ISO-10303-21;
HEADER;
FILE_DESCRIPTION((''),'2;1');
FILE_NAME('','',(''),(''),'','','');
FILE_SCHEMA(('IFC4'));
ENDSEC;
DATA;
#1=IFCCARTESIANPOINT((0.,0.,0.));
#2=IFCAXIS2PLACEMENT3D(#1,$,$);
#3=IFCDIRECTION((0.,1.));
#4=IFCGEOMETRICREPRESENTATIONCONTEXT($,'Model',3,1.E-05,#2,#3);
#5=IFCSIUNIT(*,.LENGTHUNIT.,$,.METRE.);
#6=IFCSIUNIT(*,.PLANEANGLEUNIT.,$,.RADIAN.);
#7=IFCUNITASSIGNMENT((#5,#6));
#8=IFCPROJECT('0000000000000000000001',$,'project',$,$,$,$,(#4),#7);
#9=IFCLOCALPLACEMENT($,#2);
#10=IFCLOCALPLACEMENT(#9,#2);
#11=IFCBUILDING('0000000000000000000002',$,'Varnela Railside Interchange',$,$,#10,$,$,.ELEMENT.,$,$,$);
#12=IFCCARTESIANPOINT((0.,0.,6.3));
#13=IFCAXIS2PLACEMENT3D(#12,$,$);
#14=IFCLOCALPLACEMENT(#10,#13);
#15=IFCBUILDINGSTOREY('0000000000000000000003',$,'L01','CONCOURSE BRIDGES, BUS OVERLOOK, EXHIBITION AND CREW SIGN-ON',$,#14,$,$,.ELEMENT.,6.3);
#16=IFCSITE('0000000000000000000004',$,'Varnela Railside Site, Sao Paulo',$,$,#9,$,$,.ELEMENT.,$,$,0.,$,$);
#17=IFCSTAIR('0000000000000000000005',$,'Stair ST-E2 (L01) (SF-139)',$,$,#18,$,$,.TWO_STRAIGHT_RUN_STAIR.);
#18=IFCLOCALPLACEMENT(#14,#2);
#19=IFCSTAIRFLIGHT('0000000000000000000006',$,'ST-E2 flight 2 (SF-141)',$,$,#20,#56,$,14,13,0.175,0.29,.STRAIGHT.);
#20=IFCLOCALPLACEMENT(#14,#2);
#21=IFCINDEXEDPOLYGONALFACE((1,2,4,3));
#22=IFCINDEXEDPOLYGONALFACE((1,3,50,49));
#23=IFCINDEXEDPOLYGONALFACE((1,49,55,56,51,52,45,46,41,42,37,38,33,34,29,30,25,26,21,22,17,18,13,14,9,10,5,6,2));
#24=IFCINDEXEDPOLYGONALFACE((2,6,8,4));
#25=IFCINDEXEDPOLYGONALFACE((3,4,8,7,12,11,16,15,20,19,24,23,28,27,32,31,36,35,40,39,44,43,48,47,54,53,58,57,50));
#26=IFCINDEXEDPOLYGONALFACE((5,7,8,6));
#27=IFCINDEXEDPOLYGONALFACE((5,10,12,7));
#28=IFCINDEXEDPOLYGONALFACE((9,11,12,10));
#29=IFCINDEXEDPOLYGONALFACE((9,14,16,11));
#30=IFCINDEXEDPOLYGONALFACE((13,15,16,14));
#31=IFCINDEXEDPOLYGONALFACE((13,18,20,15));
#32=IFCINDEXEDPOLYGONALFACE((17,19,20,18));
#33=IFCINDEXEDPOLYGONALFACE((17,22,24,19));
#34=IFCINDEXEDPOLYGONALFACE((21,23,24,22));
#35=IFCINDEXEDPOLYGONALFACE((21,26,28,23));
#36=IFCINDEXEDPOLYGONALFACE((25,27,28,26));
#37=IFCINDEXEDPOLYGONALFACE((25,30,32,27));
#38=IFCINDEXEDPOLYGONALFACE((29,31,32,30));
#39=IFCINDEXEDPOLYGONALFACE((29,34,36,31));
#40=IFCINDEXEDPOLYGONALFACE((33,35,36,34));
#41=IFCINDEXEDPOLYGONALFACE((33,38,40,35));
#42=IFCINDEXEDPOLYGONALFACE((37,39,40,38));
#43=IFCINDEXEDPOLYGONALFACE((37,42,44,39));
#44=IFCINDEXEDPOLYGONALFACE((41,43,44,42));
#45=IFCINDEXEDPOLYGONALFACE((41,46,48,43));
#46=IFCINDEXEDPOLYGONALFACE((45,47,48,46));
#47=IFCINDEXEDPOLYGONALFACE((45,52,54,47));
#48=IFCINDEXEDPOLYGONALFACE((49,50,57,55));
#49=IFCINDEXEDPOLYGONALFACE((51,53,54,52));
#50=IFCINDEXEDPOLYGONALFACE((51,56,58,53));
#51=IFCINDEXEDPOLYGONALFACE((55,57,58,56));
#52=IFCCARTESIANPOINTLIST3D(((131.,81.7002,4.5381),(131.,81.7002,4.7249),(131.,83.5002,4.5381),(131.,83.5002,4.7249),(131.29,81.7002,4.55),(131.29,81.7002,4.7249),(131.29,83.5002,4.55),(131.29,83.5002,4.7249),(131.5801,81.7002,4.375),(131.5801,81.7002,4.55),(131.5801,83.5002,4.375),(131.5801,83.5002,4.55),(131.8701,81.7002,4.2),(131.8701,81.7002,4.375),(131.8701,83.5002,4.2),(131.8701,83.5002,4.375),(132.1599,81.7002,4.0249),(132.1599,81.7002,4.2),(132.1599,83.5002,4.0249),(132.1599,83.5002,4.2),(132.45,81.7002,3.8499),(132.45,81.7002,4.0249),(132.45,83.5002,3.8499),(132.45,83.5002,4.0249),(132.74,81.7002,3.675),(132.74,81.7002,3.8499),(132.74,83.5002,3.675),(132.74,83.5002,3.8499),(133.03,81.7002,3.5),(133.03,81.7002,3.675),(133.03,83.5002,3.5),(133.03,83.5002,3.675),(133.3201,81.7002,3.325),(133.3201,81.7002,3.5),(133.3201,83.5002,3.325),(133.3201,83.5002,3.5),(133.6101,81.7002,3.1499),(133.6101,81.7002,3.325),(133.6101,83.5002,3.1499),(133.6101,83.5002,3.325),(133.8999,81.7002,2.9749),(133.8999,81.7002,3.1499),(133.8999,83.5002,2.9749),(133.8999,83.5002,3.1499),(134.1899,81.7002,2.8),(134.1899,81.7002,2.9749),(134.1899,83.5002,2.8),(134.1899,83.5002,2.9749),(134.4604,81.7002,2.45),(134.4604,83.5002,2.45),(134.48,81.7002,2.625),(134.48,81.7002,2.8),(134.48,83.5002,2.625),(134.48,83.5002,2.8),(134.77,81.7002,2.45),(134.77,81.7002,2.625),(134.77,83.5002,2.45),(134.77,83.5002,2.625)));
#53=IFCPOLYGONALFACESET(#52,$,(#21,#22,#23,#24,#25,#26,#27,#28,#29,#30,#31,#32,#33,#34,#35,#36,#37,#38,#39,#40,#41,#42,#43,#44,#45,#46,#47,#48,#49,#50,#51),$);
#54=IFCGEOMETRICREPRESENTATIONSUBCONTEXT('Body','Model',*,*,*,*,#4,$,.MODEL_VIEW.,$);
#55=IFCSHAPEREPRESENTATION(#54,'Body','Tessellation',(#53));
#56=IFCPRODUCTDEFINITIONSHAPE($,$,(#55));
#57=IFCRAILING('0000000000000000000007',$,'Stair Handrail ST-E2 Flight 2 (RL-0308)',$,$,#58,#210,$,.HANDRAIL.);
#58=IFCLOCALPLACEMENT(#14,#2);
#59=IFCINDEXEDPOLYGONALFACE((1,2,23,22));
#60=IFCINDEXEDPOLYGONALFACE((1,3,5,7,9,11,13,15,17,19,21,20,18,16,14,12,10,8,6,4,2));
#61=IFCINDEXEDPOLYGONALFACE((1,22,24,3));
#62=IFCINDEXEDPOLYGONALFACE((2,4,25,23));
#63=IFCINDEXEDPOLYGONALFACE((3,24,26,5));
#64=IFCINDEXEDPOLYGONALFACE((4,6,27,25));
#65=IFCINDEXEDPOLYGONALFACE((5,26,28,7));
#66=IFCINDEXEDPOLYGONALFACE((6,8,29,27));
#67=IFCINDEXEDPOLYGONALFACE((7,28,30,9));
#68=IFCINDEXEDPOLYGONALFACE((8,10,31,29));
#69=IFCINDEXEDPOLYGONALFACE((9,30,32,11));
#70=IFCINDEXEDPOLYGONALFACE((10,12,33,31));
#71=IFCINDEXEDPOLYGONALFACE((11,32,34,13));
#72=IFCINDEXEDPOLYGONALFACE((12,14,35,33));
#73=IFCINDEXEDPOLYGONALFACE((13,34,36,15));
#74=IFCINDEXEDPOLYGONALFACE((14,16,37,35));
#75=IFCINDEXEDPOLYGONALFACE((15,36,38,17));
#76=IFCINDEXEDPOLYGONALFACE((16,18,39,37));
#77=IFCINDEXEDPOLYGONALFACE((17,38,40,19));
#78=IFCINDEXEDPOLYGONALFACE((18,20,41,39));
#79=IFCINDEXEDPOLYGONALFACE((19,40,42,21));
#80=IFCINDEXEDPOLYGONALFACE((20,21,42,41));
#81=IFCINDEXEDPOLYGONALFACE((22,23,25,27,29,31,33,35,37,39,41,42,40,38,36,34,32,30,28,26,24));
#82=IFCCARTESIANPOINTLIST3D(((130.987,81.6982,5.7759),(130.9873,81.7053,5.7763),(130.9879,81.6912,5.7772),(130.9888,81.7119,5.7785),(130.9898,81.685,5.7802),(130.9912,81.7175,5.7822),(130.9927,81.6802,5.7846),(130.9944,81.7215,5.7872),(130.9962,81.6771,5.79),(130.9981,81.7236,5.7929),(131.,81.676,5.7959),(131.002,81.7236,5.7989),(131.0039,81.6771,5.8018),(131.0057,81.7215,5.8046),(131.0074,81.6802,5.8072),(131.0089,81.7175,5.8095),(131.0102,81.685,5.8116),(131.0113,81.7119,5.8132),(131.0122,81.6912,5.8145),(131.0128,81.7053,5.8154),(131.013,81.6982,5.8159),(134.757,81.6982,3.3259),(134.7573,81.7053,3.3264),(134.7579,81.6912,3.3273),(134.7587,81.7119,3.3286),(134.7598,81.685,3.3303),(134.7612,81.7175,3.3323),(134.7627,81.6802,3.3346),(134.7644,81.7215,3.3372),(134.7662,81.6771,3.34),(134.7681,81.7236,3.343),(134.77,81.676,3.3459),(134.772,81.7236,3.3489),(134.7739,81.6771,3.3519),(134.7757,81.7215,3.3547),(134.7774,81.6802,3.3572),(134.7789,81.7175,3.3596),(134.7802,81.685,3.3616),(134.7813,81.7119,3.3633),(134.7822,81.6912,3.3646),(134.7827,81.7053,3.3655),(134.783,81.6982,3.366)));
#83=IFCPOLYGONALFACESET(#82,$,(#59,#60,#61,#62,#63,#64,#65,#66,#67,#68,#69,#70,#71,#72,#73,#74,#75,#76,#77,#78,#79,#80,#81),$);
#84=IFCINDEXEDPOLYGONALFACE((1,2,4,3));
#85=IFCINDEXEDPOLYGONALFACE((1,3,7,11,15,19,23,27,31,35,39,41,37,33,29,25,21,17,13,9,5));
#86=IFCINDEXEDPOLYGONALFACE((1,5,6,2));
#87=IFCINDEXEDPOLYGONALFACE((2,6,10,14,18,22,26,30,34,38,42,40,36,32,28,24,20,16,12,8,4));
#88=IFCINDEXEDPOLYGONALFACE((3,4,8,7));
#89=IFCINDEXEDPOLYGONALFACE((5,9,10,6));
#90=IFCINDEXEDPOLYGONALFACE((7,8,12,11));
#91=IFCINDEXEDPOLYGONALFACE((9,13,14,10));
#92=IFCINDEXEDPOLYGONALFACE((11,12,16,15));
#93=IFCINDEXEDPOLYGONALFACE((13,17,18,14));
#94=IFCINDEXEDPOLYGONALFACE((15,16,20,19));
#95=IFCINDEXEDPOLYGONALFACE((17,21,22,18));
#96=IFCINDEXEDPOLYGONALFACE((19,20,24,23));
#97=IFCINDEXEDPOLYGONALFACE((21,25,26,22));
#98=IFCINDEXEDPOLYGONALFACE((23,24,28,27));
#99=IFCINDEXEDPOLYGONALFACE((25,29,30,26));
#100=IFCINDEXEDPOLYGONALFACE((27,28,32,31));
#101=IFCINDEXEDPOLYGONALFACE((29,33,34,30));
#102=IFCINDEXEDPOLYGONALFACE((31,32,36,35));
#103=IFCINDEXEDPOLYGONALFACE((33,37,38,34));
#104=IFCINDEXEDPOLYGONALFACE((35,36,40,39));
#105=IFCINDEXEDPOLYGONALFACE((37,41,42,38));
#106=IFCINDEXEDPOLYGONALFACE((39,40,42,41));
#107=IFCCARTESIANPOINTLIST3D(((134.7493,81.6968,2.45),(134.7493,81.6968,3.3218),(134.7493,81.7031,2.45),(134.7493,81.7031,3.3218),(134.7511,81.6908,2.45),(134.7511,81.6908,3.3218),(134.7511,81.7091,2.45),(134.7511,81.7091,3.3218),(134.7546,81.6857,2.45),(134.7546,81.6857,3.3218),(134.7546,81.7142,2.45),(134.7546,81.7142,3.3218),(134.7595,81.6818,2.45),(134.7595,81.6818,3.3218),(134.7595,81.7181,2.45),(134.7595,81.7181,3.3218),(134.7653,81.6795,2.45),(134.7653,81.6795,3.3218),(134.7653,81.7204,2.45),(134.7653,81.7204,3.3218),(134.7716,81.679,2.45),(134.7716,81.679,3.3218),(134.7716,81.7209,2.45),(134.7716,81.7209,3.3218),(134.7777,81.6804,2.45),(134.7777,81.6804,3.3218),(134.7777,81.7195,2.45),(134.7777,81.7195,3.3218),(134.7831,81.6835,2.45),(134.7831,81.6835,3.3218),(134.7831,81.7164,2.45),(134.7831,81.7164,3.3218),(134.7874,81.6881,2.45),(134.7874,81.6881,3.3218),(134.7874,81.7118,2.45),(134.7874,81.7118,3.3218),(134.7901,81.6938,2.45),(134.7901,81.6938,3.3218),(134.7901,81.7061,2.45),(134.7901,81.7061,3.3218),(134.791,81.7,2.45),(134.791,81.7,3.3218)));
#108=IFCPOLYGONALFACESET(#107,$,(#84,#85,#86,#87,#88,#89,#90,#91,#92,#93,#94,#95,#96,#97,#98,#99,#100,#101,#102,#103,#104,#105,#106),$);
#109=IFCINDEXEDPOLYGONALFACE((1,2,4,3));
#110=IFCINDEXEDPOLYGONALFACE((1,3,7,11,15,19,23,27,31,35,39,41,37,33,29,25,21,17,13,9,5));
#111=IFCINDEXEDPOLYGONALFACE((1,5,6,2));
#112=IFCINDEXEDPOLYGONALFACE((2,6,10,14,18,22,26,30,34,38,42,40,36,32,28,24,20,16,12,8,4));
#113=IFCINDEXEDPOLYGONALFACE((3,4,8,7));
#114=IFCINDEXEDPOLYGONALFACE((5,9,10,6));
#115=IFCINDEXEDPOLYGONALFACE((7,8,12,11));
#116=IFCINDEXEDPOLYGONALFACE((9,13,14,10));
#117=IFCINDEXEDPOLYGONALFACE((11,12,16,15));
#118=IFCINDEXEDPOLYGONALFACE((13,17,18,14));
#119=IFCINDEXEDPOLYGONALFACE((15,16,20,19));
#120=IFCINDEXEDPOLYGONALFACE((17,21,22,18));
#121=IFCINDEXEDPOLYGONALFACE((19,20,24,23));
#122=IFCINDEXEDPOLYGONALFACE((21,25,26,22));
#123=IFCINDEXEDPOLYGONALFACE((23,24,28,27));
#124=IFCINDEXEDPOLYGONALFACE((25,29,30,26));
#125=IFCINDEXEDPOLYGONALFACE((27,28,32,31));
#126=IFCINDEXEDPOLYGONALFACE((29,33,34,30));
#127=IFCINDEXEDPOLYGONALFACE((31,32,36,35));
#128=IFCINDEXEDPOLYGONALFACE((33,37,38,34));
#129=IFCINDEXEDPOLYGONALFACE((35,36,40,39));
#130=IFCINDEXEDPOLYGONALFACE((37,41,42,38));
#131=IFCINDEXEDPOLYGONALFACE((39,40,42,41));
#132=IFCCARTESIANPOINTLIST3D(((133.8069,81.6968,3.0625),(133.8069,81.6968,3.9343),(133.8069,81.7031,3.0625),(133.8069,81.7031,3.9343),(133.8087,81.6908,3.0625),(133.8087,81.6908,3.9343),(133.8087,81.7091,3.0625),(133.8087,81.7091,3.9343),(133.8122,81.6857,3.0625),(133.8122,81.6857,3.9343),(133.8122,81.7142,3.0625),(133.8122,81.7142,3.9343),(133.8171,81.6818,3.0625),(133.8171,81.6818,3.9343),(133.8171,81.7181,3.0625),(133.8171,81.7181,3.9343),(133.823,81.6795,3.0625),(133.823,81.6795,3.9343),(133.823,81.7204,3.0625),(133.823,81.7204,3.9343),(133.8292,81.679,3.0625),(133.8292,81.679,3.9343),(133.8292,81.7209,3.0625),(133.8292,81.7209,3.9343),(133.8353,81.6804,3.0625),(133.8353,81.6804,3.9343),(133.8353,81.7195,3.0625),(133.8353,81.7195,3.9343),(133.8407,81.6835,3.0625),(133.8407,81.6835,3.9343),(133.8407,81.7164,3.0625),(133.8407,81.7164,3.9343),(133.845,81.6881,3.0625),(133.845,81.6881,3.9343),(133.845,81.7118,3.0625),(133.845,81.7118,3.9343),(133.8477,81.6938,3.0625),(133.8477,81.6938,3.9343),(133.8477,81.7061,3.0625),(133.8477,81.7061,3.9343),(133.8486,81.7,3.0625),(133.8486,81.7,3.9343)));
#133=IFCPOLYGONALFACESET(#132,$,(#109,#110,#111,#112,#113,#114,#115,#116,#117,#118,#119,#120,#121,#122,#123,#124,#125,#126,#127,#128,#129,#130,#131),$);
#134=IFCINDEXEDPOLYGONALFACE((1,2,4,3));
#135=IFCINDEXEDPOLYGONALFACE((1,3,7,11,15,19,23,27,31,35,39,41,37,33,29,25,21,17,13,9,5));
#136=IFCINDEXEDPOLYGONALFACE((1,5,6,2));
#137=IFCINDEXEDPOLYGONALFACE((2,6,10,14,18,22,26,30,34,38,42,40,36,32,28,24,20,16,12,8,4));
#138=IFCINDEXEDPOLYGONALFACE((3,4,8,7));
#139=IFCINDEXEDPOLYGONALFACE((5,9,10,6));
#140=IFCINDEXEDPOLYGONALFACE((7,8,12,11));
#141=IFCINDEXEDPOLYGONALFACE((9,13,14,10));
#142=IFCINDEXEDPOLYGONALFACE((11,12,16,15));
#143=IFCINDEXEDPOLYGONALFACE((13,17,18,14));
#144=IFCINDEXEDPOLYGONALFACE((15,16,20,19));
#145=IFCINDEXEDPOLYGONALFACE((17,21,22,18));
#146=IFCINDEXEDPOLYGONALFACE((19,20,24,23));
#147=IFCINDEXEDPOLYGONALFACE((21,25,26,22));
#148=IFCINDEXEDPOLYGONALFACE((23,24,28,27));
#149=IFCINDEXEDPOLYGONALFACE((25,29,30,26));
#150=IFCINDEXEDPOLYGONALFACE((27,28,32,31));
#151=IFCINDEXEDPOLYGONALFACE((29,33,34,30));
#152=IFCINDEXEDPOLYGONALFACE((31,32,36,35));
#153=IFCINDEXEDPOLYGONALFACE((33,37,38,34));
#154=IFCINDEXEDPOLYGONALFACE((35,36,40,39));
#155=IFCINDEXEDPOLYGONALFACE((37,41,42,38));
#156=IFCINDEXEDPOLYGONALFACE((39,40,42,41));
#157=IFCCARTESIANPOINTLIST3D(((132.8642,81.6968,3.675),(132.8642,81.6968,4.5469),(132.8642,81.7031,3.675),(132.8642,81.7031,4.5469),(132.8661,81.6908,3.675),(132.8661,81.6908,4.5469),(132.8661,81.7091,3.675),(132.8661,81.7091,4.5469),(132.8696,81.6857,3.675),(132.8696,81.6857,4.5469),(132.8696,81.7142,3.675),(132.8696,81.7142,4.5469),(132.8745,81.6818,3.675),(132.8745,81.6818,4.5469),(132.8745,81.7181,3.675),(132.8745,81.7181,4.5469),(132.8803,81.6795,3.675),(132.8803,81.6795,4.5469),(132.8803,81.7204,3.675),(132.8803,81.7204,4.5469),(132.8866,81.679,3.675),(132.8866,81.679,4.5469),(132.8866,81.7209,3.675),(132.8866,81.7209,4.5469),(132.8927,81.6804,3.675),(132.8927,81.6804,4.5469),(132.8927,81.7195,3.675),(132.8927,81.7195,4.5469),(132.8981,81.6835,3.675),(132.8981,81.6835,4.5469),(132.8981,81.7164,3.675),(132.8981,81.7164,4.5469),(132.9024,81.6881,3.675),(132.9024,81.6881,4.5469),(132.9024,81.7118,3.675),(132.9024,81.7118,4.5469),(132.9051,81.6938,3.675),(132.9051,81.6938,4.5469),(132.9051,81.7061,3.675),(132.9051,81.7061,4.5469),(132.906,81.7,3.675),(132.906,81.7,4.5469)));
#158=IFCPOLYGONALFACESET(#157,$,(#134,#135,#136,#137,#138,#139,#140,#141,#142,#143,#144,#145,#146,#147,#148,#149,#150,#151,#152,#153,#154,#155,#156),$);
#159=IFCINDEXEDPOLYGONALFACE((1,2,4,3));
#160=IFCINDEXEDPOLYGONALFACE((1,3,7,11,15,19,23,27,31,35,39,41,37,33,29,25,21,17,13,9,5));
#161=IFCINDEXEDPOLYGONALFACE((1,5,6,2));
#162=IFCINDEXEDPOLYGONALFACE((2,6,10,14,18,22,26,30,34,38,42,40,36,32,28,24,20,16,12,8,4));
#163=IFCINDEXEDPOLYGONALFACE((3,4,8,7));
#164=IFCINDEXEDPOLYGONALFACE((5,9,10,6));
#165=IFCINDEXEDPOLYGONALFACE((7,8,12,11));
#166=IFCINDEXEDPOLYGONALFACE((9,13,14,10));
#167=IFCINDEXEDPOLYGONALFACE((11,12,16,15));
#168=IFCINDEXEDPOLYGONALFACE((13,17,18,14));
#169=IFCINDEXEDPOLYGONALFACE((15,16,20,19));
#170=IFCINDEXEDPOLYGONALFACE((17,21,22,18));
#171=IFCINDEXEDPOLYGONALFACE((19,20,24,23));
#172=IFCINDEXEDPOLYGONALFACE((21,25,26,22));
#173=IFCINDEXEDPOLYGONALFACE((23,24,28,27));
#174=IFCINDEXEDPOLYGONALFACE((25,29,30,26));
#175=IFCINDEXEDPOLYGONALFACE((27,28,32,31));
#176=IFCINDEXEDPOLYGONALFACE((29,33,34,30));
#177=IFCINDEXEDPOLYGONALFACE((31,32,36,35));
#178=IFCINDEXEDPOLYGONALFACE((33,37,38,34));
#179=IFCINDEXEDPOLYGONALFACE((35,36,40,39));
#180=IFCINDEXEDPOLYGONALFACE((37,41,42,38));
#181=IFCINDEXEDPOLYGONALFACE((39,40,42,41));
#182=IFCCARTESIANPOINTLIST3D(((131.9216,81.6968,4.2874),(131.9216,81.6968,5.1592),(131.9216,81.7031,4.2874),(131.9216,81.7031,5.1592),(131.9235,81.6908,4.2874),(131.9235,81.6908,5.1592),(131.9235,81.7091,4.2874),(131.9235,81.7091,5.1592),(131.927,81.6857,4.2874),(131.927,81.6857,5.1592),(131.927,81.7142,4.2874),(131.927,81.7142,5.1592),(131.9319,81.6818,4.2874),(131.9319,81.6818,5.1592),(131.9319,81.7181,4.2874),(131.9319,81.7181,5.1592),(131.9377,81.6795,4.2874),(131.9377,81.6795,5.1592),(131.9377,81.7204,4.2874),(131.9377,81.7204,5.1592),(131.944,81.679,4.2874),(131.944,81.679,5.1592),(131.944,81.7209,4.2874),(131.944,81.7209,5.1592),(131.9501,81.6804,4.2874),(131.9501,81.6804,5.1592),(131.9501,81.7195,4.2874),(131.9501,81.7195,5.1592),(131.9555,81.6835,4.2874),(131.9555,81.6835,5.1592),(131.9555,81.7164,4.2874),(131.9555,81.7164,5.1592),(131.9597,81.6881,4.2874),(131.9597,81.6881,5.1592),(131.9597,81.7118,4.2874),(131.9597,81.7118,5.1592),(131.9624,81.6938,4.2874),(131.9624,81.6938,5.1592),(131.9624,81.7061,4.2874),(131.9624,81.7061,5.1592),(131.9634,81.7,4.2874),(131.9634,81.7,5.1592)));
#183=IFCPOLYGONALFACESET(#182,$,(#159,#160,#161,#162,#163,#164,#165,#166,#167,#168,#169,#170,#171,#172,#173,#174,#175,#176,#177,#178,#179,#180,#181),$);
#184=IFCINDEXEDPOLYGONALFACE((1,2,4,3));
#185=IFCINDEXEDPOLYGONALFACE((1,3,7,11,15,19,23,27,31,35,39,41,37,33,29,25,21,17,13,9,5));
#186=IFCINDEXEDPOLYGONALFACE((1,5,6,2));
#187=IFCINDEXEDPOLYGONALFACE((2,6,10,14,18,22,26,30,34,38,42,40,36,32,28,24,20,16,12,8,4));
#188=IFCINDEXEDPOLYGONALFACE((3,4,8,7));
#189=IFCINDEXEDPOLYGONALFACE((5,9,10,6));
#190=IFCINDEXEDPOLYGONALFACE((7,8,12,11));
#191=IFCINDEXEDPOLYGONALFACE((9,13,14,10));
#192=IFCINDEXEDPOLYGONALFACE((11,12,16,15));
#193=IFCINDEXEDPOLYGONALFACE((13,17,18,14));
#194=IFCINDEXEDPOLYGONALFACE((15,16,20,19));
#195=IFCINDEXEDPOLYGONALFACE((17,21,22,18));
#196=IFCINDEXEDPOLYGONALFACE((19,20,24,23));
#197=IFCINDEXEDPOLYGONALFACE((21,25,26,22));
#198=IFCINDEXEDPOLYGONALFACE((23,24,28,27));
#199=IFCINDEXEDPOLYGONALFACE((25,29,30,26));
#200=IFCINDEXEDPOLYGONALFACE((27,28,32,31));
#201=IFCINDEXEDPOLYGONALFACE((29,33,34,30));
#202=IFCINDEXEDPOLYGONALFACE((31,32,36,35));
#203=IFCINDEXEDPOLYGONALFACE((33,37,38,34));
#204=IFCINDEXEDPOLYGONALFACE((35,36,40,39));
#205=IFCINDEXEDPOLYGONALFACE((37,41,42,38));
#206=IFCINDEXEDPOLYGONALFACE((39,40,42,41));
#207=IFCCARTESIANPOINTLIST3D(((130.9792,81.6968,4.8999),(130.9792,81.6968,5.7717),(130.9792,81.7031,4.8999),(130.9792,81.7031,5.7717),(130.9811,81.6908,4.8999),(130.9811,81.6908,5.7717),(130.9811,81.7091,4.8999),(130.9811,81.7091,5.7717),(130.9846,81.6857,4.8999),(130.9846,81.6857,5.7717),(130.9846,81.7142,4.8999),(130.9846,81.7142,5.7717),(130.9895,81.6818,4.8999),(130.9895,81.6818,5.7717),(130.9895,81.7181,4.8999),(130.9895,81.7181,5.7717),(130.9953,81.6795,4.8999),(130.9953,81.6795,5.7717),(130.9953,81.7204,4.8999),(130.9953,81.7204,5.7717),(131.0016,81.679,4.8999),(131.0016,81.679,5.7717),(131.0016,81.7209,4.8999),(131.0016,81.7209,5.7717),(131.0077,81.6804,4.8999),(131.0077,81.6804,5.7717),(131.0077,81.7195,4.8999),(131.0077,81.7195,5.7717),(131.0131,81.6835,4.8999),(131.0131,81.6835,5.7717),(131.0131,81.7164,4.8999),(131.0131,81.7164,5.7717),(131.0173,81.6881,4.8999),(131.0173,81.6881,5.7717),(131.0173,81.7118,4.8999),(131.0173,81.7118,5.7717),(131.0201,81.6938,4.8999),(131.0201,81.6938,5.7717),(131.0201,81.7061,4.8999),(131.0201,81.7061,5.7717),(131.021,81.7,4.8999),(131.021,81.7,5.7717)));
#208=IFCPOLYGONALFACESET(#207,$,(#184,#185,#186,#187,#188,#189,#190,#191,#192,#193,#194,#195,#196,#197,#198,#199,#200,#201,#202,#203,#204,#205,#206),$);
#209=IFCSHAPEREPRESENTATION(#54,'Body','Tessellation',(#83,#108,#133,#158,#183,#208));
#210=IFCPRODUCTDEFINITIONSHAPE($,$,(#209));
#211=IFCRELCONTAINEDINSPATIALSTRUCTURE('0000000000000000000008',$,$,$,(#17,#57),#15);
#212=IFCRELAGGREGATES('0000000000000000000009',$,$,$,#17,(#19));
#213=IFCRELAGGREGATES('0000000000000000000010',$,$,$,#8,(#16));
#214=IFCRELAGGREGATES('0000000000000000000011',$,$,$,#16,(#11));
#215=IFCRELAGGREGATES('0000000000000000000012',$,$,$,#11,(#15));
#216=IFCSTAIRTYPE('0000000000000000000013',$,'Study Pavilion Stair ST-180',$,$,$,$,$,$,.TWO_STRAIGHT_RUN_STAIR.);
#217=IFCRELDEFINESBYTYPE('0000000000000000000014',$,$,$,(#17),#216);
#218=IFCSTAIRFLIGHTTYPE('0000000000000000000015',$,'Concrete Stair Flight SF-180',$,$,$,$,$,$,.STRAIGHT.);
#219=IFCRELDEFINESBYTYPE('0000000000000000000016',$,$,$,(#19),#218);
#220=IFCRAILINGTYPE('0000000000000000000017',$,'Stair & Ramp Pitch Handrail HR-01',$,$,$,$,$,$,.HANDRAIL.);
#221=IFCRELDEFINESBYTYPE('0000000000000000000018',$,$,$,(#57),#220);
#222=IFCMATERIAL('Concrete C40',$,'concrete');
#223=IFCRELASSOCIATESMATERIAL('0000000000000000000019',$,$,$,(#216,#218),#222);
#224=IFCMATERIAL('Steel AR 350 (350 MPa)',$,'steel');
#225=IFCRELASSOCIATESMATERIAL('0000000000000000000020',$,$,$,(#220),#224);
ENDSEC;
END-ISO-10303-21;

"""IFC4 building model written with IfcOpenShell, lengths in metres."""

from ifc_helpers import new_model, si_unit, direction, frame, origin, origin_2d, place, context, subcontext, project, spatial, polyline, circle, outline, extrude, material, type_object, element, aggregate, save


model = new_model("IFC4")

# Units and contexts
model_context = context("Model", 3, precision=1e-05, world=origin(), true_north=direction((0.0, 1.0)))
body_context = subcontext(model_context, "Body", "Model", "MODEL_VIEW")
ifc_project = project(units=[si_unit("LENGTHUNIT", "METRE"), si_unit("PLANEANGLEUNIT", "RADIAN")], contexts=[model_context])

# Site, building, storey
site_placement = place(None, origin())
site = spatial("IfcSite", under=ifc_project, at=site_placement, Name="Varnela Railside Site, Sao Paulo", CompositionType="ELEMENT", RefElevation=0.0)
building_placement = place(site_placement, origin())
building = spatial("IfcBuilding", under=site, at=building_placement, Name="Varnela Railside Interchange", CompositionType="ELEMENT")
storey_placement = place(building_placement, frame((0.0, 0.0, 6.3)))
storey = spatial("IfcBuildingStorey", under=building, at=storey_placement, Name="L01", Description="CONCOURSE BRIDGES, BUS OVERLOOK, EXHIBITION AND CREW SIGN-ON", CompositionType="ELEMENT", Elevation=6.3)

# Shared definitions
ifc_material_1 = material(Name="Steel AR 350 (350 MPa)", Category="steel")
ifc_material_2 = material(Name="Concrete C40", Category="concrete")

# Stair, stair flight
stair_type = type_object("IfcStairType", Name="Study Pavilion Stair ST-180", PredefinedType="TWO_STRAIGHT_RUN_STAIR", material=ifc_material_2)
stair_placement = place(storey_placement, origin())
stair = element("IfcStair", 1, at=stair_placement, inside=storey, type_object=stair_type, Name="Stair ST-E2 (L01) (SF-139)", PredefinedType="TWO_STRAIGHT_RUN_STAIR")
stair_flight_type = type_object("IfcStairFlightType", Name="Concrete Stair Flight SF-180", PredefinedType="STRAIGHT", material=ifc_material_2)
stair_flight_placement = place(storey_placement, frame((134.77, 82.6001, 2.45), z_axis=(0.0, 0.0, 1.0), x_axis=(-1.0, 0.0, 0.0)))
stair_flight = element("IfcStairFlight", 2, at=stair_flight_placement, type_object=stair_flight_type, Name="ST-E2 flight 2 (SF-141)", NumberOfRisers=14, NumberOfTreads=13, PredefinedType="STRAIGHT", RiserHeight=0.175, TreadLength=0.29, context=body_context, shape_type="SweptSolid", body=[
    extrude(outline(polyline([(0.0, 0.0), (0.0, 0.175), (0.29, 0.175), (0.29, 0.3501), (0.5801, 0.3501), (0.5801, 0.5249), (0.8701, 0.5249), (0.8701, 0.7), (1.1599, 0.7), (1.1599, 0.875), (1.45, 0.875), (1.45, 1.05), (1.74, 1.05), (1.74, 1.2251), (2.03, 1.2251), (2.03, 1.3999), (2.3201, 1.3999), (2.3201, 1.575), (2.6101, 1.575), (2.6101, 1.75), (2.8999, 1.75), (2.8999, 1.925), (3.1899, 1.925), (3.1899, 2.1001), (3.48, 2.1001), (3.48, 2.2749), (3.77, 2.2749), (3.77, 2.45), (3.77, 2.0881), (0.3096, 0.0), (0.0, 0.0)])), frame((0.0, 0.8999, 0.0), z_axis=(0.0, -1.0, 0.0), x_axis=(1.0, 0.0, 0.0)), (0.0, 0.0, 1.0), 1.8),
])
aggregate(stair, [stair_flight])

# Railing
railing_type_1 = type_object("IfcRailingType", Name="Stair & Ramp Pitch Handrail HR-01", PredefinedType="HANDRAIL", material=ifc_material_1)
railing_1_placement = place(storey_placement, frame((134.77, 81.7, 2.45)))
element("IfcRailing", 3, at=railing_1_placement, inside=storey, type_object=railing_type_1, Name="Stair Handrail ST-E2 Flight 2 (RL-0308)", PredefinedType="HANDRAIL", context=body_context, shape_type="SweptSolid", body=[
    extrude(circle(Radius=0.0239, at=origin_2d()), frame((0.0, 0.0, 0.896), z_axis=(-0.838501, 0.0, 0.544901), x_axis=(0.0, -1.0, 0.0)), (0.0, 0.0, 1.0), 4.4961),
    extrude(circle(Radius=0.021, at=origin_2d()), origin(), (0.0, 0.0, 1.0), 0.8718),
    extrude(circle(Radius=0.021, at=origin_2d()), frame((-0.9424, 0.0, 0.6125)), (0.0, 0.0, 1.0), 0.8718),
    extrude(circle(Radius=0.021, at=origin_2d()), frame((-1.885, 0.0, 1.2251)), (0.0, 0.0, 1.0), 0.8718),
    extrude(circle(Radius=0.021, at=origin_2d()), frame((-2.8276, 0.0, 1.8374)), (0.0, 0.0, 1.0), 0.8718),
    extrude(circle(Radius=0.021, at=origin_2d()), frame((-3.77, 0.0, 2.45)), (0.0, 0.0, 1.0), 0.8718),
])

save(model, "model.ifc")
